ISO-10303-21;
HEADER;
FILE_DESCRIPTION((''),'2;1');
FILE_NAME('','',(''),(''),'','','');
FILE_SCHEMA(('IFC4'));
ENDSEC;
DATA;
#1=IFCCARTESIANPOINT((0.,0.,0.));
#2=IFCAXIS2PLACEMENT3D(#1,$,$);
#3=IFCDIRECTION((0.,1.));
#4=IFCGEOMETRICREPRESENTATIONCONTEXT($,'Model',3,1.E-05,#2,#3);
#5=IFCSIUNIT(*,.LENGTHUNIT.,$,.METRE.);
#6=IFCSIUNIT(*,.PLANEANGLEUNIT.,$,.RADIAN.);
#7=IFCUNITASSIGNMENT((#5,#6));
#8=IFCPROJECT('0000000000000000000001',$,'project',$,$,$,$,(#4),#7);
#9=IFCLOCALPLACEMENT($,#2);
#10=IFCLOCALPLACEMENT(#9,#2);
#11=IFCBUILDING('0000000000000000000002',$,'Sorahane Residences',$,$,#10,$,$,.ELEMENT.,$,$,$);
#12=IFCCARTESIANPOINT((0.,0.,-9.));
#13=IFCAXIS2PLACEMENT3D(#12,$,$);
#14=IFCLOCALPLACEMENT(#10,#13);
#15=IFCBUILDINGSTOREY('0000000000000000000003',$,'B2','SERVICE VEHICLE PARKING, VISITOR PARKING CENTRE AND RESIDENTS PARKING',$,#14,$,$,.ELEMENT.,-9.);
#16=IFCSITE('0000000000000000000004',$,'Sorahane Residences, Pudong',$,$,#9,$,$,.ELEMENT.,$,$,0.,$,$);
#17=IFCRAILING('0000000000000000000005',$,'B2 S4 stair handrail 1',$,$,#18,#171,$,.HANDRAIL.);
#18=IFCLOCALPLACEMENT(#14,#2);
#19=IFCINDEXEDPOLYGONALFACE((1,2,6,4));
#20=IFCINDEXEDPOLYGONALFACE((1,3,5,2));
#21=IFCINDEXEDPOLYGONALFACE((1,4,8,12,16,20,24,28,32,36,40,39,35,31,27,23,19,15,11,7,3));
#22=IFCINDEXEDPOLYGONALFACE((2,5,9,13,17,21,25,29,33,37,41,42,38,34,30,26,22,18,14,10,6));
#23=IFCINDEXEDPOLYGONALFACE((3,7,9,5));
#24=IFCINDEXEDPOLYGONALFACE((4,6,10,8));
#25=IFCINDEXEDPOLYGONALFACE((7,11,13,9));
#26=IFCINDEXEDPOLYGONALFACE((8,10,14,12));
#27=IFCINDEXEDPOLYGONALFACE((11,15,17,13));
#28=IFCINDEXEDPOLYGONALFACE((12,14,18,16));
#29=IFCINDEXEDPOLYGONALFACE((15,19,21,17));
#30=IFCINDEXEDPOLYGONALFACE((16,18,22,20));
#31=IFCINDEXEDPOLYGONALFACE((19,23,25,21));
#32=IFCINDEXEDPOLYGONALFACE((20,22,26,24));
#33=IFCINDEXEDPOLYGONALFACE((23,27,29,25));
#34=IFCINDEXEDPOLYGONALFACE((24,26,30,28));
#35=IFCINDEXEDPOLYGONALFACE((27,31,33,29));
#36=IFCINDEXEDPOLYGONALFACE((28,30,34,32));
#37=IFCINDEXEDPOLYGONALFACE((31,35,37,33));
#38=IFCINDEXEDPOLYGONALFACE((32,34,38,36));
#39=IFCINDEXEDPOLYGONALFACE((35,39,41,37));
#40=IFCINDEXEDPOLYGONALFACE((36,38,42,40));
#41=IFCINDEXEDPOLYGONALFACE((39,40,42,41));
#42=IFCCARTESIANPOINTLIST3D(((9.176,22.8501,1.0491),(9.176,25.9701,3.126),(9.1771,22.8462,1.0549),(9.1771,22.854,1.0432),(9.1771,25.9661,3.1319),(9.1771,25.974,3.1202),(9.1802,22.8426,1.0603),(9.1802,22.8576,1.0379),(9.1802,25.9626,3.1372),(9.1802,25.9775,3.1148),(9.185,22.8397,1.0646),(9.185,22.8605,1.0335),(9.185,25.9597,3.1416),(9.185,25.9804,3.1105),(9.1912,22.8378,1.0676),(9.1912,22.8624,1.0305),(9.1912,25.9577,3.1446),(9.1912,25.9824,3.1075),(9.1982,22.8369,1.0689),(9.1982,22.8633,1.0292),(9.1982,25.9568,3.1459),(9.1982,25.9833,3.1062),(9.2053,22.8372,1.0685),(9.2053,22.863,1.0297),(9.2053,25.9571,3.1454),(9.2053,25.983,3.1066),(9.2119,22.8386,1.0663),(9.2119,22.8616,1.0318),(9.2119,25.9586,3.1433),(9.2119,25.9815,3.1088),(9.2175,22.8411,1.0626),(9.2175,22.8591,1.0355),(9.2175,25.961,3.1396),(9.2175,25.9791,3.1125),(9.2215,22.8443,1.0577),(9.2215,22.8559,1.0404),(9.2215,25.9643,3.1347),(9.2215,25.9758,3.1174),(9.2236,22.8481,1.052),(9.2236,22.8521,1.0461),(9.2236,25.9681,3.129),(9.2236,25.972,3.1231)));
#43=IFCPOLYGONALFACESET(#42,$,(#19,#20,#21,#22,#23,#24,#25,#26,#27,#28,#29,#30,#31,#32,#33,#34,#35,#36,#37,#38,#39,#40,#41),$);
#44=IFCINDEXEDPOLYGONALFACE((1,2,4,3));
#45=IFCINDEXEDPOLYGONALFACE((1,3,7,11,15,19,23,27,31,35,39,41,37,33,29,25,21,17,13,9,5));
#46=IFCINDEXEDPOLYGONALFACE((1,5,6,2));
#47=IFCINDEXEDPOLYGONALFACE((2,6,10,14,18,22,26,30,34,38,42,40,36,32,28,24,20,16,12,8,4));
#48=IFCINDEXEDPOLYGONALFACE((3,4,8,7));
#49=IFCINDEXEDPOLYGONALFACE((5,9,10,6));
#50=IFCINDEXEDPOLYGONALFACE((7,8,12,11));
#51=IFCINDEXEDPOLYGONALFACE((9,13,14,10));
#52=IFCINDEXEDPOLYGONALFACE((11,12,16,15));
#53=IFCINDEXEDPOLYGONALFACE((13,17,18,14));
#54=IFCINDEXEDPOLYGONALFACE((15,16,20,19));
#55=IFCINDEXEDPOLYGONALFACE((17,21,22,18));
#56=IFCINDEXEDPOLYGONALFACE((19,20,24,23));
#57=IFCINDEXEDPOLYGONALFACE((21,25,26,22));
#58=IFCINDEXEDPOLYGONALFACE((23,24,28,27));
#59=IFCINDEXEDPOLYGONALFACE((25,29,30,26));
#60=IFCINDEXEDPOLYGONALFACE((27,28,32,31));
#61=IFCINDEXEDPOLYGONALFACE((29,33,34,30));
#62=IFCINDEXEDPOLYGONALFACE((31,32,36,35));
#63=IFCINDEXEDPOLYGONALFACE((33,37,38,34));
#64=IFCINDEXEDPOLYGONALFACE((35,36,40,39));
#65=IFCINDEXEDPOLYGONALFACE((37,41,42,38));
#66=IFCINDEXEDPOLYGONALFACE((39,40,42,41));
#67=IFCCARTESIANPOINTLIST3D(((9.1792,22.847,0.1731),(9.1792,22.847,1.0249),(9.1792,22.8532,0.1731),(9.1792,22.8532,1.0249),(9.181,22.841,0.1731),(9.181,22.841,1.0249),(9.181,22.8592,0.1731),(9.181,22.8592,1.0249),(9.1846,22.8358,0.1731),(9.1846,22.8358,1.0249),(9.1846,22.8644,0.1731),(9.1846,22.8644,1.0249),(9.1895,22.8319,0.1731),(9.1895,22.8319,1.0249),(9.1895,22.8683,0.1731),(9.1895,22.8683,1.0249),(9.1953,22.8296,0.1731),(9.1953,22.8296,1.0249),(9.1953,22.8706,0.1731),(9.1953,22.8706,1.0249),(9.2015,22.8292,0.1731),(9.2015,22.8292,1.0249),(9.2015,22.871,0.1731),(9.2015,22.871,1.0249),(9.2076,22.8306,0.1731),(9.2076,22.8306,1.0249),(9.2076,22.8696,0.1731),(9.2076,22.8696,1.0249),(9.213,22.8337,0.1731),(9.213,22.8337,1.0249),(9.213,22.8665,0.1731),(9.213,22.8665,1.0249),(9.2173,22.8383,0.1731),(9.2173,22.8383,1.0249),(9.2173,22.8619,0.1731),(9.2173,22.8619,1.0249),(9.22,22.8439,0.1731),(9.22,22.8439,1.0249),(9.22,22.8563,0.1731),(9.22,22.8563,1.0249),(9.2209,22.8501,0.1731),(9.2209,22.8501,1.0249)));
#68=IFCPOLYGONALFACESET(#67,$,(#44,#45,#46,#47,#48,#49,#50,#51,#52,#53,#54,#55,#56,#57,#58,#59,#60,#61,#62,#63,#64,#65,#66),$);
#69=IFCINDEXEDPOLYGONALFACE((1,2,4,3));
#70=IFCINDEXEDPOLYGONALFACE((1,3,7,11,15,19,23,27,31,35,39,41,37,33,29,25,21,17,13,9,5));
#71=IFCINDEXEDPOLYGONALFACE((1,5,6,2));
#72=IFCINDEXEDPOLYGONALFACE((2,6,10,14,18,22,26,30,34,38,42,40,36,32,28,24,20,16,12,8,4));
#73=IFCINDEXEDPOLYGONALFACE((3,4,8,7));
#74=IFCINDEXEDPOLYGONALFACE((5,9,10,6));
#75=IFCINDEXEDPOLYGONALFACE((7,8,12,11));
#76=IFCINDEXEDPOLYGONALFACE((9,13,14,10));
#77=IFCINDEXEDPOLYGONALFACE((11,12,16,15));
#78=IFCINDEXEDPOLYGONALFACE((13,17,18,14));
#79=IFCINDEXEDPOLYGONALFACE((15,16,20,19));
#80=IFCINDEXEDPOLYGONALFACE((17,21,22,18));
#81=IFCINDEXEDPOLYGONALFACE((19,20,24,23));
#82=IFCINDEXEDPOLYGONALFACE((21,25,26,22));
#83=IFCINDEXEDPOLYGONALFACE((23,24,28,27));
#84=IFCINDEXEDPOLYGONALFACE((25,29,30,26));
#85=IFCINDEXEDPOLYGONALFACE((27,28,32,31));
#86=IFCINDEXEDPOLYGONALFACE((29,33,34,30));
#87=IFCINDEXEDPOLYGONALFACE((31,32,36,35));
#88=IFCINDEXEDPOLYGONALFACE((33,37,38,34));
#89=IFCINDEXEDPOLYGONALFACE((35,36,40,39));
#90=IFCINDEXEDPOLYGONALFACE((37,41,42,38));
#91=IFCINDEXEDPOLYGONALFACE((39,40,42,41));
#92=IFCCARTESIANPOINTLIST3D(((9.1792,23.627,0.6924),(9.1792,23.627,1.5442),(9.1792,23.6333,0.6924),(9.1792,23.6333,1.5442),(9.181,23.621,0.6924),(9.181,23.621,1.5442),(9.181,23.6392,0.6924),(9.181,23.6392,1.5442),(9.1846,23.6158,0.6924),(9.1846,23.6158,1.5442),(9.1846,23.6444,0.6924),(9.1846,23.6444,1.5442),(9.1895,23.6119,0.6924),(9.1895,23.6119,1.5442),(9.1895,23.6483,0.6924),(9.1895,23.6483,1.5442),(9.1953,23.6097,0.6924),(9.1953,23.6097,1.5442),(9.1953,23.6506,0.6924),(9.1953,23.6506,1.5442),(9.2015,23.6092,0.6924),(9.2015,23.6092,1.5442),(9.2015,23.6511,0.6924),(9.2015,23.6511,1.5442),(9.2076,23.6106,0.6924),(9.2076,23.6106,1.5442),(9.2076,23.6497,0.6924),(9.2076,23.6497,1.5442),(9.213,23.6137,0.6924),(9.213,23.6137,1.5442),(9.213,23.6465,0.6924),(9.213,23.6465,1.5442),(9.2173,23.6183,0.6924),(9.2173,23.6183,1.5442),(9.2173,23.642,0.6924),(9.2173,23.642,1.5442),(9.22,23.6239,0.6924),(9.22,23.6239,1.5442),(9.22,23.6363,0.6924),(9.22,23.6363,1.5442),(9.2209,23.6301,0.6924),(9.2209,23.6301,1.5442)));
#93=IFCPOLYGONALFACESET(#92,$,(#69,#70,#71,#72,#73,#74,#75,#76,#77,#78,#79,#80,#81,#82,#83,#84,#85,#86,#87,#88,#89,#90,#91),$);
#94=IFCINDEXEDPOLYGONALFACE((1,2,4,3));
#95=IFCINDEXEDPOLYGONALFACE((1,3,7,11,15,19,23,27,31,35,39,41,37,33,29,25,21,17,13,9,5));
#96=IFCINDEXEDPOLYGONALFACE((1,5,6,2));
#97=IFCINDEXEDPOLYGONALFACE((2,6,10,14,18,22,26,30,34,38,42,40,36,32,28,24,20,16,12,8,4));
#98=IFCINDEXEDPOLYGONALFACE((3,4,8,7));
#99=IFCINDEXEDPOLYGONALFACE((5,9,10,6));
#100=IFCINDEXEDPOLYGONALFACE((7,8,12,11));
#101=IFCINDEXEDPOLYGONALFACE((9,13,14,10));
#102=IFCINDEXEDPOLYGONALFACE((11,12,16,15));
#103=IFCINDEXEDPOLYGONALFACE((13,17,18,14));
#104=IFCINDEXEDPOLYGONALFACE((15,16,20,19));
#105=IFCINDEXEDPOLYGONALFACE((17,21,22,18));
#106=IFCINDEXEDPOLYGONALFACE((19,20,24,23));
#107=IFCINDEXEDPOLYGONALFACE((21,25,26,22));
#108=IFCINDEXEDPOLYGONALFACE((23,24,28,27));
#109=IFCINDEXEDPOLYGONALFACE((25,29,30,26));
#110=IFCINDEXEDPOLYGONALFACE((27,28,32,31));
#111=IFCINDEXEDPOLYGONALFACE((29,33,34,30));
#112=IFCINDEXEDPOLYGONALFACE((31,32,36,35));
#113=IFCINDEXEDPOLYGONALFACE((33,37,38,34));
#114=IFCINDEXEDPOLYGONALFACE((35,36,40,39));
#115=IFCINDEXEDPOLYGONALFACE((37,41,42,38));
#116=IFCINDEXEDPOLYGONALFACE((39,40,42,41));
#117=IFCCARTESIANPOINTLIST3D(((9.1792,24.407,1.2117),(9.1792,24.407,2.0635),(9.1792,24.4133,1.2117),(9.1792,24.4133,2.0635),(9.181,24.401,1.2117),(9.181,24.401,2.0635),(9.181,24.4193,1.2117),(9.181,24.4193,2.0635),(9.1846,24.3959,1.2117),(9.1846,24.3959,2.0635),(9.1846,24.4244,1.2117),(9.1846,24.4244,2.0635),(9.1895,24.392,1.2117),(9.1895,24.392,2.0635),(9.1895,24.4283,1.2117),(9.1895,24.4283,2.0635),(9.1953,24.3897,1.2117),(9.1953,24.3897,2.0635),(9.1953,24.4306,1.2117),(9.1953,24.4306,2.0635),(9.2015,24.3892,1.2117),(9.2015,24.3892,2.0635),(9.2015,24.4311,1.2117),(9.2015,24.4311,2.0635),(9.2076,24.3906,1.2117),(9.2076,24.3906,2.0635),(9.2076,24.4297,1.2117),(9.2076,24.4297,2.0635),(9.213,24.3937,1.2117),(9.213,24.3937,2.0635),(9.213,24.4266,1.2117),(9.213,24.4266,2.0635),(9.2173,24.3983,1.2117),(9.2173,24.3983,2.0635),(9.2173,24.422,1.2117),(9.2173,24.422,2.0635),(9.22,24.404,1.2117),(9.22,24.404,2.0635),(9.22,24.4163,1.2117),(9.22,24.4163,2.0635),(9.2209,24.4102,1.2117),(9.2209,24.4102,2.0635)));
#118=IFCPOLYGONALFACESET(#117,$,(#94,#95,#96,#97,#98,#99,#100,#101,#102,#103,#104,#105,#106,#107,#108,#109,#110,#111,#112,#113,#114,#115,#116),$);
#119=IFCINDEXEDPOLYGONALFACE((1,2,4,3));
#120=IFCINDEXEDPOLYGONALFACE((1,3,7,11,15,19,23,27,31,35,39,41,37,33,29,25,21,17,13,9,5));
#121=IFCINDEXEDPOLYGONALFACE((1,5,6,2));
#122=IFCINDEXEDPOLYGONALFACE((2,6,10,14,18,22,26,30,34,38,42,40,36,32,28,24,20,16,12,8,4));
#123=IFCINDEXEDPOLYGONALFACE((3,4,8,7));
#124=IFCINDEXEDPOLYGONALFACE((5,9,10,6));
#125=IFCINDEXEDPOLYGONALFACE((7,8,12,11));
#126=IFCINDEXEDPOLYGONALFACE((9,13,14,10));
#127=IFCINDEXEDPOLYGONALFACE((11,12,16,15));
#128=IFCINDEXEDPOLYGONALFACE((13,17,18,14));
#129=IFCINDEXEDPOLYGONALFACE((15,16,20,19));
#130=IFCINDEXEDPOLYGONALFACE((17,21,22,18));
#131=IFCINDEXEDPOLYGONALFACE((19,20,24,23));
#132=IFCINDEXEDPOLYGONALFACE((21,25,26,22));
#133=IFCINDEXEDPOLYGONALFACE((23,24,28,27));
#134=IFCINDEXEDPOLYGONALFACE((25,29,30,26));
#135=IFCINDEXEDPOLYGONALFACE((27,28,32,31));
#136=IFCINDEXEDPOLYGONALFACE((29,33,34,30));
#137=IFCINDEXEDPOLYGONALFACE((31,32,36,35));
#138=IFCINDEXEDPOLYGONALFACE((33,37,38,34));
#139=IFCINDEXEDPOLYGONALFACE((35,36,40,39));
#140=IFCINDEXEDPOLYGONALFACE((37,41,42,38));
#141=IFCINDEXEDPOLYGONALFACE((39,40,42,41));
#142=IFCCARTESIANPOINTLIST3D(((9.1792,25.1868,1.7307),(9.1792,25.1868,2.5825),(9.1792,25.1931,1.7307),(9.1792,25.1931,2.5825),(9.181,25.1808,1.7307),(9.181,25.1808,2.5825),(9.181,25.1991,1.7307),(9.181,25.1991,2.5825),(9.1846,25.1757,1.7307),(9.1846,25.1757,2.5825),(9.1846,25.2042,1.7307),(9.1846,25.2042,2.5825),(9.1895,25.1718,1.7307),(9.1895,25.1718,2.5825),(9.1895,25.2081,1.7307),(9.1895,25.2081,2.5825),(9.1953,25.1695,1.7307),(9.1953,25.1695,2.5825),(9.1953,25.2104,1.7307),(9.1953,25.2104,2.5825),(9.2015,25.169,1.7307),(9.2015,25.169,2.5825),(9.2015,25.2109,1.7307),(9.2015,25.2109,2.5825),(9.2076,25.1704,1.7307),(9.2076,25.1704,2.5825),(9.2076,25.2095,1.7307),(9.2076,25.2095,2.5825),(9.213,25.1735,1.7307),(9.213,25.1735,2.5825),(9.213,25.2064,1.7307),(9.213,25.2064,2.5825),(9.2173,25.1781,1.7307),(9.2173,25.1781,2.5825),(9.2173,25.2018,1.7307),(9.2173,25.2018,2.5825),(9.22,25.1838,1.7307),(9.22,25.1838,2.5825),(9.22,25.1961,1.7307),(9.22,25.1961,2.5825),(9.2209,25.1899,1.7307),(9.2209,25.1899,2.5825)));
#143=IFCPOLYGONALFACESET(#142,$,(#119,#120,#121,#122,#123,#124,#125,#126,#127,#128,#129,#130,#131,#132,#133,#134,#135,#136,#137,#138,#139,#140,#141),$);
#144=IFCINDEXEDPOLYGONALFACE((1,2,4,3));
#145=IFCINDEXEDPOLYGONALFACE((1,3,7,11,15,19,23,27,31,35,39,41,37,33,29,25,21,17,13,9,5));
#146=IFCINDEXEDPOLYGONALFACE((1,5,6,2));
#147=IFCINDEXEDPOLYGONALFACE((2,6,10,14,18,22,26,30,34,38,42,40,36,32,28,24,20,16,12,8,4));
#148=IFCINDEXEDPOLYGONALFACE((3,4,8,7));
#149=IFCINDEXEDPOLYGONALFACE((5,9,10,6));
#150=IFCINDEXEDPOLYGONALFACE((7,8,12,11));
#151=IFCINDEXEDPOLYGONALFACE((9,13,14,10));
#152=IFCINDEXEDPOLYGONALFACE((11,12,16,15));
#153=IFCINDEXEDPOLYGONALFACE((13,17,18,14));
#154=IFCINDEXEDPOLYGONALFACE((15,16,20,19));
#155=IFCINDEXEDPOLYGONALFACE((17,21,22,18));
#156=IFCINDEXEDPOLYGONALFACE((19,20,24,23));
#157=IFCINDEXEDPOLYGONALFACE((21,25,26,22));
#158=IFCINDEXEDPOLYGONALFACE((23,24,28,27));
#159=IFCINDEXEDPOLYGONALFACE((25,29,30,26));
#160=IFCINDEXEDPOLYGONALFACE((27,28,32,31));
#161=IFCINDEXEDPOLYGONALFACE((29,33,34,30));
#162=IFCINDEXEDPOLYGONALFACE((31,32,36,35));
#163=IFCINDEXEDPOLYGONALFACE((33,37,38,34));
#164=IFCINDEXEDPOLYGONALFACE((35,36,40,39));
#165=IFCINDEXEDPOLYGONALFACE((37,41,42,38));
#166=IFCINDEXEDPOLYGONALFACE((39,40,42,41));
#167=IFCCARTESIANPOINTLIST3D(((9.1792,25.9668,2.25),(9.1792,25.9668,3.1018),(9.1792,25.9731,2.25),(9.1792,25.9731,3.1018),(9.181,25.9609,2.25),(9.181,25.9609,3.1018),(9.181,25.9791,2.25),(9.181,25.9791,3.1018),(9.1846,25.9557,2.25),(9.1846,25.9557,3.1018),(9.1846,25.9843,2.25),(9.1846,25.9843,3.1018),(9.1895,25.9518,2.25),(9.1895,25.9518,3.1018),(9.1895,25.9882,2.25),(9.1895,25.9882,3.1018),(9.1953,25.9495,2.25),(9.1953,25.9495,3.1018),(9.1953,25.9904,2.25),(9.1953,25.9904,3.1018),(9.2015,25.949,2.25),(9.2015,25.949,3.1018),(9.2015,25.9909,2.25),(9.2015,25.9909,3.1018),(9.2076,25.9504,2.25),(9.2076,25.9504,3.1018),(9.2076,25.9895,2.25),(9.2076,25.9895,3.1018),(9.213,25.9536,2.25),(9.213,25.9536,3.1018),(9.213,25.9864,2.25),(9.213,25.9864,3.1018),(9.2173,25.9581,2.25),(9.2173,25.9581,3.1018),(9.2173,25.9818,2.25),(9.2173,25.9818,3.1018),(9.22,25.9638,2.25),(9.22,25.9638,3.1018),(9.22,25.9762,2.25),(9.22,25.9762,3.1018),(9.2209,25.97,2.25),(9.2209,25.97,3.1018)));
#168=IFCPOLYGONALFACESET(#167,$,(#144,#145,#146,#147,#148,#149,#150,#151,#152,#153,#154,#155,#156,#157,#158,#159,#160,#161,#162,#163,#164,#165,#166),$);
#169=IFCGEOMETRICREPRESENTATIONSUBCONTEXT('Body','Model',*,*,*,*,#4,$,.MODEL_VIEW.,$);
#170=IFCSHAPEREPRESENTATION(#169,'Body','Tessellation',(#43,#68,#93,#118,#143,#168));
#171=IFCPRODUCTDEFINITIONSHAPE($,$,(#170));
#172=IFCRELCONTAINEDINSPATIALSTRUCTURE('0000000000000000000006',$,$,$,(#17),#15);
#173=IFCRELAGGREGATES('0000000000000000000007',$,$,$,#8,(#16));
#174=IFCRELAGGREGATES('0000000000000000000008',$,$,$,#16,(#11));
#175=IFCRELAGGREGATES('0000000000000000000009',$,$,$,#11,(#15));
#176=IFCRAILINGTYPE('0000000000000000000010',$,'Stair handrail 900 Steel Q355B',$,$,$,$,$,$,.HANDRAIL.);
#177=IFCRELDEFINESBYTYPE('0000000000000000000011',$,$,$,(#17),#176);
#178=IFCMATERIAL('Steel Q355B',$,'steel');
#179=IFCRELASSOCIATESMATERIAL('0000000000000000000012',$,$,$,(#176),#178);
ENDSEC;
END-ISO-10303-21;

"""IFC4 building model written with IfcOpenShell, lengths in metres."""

from ifc_helpers import new_model, si_unit, direction, frame, origin, origin_2d, place, context, subcontext, project, spatial, circle, extrude, material, type_object, element, save


model = new_model("IFC4")

# Units and contexts
model_context = context("Model", 3, precision=1e-05, world=origin(), true_north=direction((0.0, 1.0)))
body_context = subcontext(model_context, "Body", "Model", "MODEL_VIEW")
ifc_project = project(units=[si_unit("LENGTHUNIT", "METRE"), si_unit("PLANEANGLEUNIT", "RADIAN")], contexts=[model_context])

# Site, building, storey
site_placement = place(None, origin())
site = spatial("IfcSite", under=ifc_project, at=site_placement, Name="Sorahane Residences, Pudong", CompositionType="ELEMENT", RefElevation=0.0)
building_placement = place(site_placement, origin())
building = spatial("IfcBuilding", under=site, at=building_placement, Name="Sorahane Residences", CompositionType="ELEMENT")
storey_placement = place(building_placement, frame((0.0, 0.0, -9.0)))
storey = spatial("IfcBuildingStorey", under=building, at=storey_placement, Name="B2", Description="SERVICE VEHICLE PARKING, VISITOR PARKING CENTRE AND RESIDENTS PARKING", CompositionType="ELEMENT", Elevation=-9.0)

# Railing
ifc_material_1 = material(Name="Steel Q355B", Category="steel")
railing_type_1 = type_object("IfcRailingType", Name="Stair handrail 900 Steel Q355B", PredefinedType="HANDRAIL", material=ifc_material_1)
railing_1_placement = place(storey_placement, frame((9.2, 22.8501, 0.1731)))
element("IfcRailing", 1, at=railing_1_placement, inside=storey, type_object=railing_type_1, Name="B2 S4 stair handrail 1", PredefinedType="HANDRAIL", context=body_context, shape_type="SweptSolid", body=[
    extrude(circle(Radius=0.0239, at=origin_2d()), frame((0.0, 0.0, 0.876), z_axis=(0.0, 0.832421, 0.554144), x_axis=(-1.0, 0.0, 0.0)), (0.0, 0.0, 1.0), 3.748),
    extrude(circle(Radius=0.021, at=origin_2d()), origin(), (0.0, 0.0, 1.0), 0.8518),
    extrude(circle(Radius=0.021, at=origin_2d()), frame((0.0, 0.78, 0.5193)), (0.0, 0.0, 1.0), 0.8518),
    extrude(circle(Radius=0.021, at=origin_2d()), frame((0.0, 1.5601, 1.0386)), (0.0, 0.0, 1.0), 0.8518),
    extrude(circle(Radius=0.021, at=origin_2d()), frame((0.0, 2.3398, 1.5576)), (0.0, 0.0, 1.0), 0.8518),
    extrude(circle(Radius=0.021, at=origin_2d()), frame((0.0, 3.1199, 2.0769)), (0.0, 0.0, 1.0), 0.8518),
])

save(model, "model.ifc")
